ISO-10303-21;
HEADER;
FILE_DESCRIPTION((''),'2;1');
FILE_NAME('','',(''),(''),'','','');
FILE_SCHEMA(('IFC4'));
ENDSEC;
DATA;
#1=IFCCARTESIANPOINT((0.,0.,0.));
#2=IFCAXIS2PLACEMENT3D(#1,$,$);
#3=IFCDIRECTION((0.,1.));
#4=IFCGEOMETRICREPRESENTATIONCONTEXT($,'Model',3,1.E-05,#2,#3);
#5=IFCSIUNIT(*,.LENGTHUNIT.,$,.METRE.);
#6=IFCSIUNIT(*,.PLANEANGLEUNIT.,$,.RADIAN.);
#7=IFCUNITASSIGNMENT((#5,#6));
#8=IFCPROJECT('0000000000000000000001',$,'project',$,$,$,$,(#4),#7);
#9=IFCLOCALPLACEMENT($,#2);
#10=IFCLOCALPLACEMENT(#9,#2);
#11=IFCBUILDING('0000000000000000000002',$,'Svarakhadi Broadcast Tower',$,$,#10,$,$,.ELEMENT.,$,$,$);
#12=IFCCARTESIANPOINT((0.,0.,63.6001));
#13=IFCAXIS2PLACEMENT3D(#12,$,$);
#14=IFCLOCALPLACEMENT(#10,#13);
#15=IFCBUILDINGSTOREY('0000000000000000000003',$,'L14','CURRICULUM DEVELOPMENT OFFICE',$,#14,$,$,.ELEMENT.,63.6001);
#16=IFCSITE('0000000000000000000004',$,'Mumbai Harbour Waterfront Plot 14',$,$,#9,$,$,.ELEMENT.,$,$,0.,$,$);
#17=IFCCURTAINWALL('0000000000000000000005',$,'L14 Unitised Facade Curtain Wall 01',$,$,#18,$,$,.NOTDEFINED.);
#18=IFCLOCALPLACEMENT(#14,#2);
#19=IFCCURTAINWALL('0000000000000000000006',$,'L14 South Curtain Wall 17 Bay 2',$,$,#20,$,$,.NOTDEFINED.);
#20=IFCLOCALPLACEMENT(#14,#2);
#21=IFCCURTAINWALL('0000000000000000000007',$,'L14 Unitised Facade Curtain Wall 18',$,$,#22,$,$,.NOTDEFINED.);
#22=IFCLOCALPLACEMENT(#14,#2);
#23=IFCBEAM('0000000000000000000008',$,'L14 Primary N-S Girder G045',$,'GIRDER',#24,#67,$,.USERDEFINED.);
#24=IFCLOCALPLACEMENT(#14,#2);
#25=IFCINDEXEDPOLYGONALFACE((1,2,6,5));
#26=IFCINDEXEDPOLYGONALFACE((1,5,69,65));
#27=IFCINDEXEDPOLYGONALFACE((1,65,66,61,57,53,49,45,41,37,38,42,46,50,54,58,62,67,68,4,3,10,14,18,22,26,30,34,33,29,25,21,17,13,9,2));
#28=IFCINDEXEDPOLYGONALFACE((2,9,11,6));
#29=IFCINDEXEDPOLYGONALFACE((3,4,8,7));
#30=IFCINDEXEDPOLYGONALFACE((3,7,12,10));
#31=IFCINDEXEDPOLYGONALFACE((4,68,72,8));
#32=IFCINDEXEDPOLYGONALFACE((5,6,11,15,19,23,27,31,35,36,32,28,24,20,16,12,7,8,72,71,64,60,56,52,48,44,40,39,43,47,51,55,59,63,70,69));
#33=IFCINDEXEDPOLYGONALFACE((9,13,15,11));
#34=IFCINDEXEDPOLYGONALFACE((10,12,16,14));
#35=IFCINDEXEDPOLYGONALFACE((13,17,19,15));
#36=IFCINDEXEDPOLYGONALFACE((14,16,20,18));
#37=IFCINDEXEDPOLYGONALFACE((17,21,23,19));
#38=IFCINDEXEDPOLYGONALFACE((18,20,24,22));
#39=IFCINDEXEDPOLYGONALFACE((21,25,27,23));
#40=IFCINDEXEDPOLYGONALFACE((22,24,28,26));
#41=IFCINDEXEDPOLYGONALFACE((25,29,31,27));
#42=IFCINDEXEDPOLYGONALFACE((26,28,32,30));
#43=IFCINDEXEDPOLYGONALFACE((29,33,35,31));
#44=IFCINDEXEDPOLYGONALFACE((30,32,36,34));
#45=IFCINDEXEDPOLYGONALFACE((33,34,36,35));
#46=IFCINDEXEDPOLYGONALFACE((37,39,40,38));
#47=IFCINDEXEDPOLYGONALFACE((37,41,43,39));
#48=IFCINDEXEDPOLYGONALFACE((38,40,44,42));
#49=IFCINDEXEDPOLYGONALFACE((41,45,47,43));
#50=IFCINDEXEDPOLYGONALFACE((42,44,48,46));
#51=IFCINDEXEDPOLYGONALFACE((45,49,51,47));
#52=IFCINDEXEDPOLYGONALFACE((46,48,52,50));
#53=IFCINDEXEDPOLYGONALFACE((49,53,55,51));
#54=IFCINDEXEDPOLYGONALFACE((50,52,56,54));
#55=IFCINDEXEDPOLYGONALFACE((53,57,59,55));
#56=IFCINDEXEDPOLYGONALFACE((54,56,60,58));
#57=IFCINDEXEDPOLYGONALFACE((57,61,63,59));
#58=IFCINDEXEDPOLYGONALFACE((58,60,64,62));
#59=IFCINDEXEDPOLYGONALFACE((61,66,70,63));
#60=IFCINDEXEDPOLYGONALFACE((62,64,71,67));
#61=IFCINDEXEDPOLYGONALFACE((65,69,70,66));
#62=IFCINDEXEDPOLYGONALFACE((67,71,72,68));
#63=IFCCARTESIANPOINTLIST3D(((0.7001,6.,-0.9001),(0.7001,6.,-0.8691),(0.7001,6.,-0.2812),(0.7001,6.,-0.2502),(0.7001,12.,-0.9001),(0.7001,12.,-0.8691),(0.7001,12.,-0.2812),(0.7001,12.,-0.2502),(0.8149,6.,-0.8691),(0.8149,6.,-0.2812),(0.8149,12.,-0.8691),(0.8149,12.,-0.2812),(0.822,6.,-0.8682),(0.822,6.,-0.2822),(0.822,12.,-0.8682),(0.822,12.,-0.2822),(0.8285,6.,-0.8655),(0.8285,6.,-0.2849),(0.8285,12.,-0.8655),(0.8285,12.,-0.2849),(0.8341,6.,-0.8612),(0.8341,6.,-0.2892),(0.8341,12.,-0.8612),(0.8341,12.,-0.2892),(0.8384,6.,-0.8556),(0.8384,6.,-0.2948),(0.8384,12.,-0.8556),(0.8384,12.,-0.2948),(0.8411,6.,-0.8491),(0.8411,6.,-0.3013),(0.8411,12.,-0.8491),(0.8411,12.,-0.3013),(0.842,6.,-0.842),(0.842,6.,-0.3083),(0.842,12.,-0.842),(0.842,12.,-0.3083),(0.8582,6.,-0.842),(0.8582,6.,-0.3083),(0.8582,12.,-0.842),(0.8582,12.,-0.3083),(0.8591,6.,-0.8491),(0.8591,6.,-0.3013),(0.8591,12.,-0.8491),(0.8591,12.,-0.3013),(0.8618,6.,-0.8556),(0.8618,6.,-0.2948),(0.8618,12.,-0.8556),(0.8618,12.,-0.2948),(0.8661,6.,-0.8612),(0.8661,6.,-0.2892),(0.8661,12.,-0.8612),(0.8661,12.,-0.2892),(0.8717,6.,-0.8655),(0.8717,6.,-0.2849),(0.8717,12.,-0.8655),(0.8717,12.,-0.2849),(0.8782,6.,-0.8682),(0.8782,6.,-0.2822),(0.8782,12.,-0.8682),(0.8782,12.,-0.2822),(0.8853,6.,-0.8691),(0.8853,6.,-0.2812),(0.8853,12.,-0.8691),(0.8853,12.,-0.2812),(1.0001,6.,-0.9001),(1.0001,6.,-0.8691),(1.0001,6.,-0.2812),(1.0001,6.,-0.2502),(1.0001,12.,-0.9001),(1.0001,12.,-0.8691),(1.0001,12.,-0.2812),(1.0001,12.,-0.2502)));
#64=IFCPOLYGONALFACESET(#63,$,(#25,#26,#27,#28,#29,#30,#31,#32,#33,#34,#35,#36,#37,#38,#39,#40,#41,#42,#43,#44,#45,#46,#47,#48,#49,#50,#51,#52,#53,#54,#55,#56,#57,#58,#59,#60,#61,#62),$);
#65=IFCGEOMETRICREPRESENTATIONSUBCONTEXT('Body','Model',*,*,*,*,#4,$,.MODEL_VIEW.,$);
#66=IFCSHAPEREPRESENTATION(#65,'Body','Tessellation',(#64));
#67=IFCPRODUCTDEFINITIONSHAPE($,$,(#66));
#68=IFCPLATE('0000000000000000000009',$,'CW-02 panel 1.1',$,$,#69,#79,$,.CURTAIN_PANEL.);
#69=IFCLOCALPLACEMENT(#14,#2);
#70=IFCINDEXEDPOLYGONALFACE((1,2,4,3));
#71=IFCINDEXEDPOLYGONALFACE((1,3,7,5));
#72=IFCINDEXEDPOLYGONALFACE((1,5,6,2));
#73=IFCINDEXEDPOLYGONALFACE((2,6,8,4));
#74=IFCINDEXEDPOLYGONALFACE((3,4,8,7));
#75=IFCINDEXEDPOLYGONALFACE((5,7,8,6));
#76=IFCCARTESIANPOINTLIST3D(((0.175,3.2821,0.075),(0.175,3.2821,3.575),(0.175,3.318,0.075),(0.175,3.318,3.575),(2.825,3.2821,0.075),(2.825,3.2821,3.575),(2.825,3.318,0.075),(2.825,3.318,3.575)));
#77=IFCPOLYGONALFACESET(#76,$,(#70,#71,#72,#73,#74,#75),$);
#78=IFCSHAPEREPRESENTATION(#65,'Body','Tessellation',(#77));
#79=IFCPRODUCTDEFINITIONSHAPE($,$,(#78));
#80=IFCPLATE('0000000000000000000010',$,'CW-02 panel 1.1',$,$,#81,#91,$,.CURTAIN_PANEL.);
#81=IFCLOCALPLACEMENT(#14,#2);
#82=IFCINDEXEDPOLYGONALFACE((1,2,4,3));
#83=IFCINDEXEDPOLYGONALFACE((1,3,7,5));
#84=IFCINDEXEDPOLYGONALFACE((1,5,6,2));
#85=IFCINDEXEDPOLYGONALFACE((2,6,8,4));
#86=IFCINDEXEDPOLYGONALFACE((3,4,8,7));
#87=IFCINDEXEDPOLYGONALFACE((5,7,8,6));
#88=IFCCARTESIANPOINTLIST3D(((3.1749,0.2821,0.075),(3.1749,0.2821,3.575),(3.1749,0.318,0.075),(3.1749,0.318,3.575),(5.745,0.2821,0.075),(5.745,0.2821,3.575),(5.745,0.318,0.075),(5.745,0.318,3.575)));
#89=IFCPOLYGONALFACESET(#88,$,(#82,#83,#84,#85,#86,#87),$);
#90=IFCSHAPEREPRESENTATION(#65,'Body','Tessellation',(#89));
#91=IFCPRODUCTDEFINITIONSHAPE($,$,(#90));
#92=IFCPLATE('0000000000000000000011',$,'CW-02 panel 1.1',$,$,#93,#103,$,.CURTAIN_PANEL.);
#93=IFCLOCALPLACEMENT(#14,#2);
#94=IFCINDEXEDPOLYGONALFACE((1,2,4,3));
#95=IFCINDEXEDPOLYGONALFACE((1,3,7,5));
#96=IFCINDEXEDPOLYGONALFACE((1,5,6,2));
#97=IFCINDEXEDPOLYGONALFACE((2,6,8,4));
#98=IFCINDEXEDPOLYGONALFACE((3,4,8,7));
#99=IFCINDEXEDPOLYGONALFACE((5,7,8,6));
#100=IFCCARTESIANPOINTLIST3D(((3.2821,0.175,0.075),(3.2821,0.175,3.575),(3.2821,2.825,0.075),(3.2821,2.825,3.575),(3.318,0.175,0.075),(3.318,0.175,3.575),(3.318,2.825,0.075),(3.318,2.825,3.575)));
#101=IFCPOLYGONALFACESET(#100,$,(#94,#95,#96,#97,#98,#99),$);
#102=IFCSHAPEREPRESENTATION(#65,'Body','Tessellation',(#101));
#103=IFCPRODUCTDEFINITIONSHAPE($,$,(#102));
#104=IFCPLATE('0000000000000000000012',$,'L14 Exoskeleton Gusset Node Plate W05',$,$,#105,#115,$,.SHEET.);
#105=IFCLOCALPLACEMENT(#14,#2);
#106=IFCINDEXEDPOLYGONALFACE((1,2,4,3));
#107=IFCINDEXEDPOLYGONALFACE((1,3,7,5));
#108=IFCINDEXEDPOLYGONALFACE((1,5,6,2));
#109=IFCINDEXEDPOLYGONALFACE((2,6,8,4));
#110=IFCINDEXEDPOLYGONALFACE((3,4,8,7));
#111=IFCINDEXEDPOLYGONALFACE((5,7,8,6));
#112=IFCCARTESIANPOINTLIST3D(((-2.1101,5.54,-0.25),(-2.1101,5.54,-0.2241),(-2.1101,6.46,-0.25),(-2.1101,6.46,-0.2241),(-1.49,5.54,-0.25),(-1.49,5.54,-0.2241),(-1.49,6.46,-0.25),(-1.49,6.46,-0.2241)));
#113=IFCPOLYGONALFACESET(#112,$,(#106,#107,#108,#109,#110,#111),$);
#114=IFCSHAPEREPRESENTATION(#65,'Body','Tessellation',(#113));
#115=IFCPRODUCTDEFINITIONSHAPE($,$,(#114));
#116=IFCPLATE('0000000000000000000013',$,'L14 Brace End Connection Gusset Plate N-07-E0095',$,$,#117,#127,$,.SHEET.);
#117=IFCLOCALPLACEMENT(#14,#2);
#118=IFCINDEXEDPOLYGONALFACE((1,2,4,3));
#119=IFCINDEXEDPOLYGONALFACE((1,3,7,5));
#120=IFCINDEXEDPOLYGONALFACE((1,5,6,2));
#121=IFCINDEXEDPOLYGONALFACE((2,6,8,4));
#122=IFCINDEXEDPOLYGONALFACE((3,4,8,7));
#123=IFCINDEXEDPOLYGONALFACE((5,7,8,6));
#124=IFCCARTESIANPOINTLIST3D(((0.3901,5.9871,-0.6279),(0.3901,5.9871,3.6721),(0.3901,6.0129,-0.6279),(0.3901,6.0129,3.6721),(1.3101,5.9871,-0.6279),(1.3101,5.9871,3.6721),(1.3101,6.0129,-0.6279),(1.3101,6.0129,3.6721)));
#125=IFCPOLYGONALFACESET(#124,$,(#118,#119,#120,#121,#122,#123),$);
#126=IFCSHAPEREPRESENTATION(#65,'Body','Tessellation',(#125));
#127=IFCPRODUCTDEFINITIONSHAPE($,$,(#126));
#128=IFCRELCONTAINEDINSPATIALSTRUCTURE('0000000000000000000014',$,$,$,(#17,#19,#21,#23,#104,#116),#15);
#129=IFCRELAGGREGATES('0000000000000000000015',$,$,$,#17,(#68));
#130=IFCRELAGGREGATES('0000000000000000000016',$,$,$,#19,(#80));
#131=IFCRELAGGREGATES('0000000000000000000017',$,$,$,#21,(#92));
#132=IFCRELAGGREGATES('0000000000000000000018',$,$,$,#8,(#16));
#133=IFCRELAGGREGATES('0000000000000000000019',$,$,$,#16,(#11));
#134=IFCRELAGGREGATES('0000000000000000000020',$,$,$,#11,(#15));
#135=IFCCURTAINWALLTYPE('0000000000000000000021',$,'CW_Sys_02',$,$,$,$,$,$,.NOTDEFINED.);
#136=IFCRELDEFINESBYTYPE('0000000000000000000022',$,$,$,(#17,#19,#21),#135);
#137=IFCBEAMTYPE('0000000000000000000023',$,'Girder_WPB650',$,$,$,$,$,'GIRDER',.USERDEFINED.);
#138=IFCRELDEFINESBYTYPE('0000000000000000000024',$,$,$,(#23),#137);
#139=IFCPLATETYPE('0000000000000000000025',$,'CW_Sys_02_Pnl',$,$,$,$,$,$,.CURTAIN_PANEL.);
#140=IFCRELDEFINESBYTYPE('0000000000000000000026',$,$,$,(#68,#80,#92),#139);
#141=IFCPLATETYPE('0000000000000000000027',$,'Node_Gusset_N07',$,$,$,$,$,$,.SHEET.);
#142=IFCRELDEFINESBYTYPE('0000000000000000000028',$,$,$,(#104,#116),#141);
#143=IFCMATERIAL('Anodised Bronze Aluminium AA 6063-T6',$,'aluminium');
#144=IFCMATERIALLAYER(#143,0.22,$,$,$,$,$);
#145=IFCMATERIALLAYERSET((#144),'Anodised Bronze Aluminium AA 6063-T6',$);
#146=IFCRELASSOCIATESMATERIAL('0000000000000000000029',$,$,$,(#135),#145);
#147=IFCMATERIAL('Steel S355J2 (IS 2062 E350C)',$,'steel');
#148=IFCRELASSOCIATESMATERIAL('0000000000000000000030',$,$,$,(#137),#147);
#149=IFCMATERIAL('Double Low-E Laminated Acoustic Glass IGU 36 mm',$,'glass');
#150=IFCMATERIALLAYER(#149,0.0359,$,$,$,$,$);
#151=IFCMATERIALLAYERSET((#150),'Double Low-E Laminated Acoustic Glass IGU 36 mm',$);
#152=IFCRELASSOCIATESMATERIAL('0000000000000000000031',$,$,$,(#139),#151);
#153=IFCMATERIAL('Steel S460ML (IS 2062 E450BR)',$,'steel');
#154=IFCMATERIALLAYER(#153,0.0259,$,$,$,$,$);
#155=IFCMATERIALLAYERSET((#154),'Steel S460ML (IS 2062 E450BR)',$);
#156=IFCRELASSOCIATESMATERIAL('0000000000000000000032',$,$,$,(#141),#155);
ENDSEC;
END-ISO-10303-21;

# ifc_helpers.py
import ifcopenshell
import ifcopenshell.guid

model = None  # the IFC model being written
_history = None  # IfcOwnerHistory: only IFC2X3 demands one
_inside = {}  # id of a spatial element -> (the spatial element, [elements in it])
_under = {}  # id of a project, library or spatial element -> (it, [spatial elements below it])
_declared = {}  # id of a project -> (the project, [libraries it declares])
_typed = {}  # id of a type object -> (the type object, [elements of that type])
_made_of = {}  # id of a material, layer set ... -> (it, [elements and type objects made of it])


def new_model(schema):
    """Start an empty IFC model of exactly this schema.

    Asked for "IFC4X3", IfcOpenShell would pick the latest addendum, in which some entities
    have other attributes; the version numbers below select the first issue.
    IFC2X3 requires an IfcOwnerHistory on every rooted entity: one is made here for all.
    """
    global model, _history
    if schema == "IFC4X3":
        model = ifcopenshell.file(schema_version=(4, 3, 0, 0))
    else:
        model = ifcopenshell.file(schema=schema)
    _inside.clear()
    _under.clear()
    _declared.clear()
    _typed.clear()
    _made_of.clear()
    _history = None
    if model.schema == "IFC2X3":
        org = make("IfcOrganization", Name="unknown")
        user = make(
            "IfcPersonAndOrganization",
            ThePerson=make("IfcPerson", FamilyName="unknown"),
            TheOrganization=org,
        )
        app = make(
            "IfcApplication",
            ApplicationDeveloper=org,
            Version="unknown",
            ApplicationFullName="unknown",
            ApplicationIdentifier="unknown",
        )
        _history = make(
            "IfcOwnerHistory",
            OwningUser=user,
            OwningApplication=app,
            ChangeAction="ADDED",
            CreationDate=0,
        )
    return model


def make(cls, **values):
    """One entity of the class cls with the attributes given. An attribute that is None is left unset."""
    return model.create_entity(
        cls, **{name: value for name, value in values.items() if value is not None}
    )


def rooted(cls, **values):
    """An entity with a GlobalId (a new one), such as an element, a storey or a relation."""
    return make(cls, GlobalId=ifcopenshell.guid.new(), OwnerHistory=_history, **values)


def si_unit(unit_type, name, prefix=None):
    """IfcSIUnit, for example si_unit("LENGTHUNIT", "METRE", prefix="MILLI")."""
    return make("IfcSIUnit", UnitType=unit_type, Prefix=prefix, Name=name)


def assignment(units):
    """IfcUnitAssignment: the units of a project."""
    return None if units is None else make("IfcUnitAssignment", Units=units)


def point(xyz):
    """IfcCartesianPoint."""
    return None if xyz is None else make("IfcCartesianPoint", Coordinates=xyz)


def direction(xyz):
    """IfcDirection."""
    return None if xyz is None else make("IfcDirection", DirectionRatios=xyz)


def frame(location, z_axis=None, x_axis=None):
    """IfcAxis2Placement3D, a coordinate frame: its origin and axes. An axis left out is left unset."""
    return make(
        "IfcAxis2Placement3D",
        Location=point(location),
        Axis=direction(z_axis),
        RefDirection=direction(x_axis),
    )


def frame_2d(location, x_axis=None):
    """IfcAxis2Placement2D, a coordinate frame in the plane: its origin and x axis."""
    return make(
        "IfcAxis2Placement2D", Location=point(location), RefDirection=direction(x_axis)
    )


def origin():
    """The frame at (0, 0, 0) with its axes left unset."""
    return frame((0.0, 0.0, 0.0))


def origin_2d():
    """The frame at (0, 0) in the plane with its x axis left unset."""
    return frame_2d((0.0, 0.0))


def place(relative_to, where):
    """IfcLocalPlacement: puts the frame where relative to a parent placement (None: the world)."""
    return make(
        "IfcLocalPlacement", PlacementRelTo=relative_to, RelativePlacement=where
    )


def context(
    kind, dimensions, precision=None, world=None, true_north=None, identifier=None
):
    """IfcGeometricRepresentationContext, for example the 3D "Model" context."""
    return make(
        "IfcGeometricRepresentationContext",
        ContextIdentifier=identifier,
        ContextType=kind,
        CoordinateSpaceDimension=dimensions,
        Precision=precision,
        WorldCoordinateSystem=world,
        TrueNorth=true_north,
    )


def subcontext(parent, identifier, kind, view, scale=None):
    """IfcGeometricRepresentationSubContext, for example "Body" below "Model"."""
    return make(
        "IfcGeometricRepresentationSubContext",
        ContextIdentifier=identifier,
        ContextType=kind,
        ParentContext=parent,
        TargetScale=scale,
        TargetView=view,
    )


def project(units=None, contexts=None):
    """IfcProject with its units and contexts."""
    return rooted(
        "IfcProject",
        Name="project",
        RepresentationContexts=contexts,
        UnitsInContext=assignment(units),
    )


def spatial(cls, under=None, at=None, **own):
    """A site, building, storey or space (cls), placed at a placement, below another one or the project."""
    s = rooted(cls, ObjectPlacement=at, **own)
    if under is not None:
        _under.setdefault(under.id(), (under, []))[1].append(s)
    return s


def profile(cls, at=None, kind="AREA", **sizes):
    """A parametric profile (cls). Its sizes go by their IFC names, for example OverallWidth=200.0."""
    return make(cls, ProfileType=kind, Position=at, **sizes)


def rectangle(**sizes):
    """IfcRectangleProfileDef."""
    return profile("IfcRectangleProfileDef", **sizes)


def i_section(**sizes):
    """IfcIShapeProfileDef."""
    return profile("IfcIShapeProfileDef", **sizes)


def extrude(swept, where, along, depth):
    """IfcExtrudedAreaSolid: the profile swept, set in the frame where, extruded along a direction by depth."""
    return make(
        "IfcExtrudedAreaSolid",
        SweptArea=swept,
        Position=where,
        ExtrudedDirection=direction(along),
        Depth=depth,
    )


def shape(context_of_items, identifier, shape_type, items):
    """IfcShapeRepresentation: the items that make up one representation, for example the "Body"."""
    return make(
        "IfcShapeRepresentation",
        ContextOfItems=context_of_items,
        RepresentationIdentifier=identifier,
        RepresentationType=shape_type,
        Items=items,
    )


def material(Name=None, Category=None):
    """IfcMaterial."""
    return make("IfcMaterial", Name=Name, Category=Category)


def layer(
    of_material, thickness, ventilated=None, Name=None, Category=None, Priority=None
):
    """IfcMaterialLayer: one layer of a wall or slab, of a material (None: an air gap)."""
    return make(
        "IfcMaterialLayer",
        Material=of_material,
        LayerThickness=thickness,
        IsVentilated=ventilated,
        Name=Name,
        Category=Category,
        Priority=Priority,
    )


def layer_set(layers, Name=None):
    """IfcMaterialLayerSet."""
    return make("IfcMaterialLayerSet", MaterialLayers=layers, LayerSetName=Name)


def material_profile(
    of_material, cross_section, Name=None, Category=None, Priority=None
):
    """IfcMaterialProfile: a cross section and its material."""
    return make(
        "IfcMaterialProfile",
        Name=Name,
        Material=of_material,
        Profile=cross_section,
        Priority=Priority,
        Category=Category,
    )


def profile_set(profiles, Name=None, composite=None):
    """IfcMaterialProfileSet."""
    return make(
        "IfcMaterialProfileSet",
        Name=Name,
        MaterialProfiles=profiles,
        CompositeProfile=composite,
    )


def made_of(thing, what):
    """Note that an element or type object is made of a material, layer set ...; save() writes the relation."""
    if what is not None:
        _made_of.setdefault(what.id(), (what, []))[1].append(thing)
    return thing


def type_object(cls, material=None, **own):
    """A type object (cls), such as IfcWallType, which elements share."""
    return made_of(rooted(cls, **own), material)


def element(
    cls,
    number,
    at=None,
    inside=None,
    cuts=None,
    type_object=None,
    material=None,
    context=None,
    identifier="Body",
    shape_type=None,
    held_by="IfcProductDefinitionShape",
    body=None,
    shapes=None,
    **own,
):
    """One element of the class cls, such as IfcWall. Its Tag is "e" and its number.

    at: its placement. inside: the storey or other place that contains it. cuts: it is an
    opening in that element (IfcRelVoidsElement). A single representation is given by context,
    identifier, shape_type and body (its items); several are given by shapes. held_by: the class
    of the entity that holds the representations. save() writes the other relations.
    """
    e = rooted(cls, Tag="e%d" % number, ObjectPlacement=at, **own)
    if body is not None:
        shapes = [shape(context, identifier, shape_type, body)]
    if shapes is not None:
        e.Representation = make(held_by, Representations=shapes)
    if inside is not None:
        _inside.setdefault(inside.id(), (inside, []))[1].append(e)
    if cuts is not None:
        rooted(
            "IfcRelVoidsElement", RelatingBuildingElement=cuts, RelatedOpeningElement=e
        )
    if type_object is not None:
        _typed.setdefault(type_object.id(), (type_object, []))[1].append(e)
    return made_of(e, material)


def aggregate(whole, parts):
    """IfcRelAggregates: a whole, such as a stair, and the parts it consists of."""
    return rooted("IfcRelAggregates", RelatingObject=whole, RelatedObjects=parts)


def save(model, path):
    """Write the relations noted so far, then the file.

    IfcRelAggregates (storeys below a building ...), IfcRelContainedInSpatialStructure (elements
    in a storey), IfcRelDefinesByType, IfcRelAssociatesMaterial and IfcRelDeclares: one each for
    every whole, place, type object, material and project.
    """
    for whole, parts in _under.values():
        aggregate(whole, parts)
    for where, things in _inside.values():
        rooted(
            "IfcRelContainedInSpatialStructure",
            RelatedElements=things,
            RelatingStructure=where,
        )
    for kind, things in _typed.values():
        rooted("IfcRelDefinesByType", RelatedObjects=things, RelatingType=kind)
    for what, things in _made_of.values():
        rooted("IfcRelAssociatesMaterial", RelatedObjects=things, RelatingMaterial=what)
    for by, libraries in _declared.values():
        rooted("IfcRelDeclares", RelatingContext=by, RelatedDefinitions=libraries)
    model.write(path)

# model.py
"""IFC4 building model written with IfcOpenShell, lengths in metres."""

from ifc_helpers import new_model, si_unit, direction, frame, origin, origin_2d, place, context, subcontext, project, spatial, rectangle, i_section, extrude, material, layer, layer_set, material_profile, profile_set, type_object, element, aggregate, save


model = new_model("IFC4")

# Units and contexts
model_context = context("Model", 3, precision=1e-05, world=origin(), true_north=direction((0.0, 1.0)))
body_context = subcontext(model_context, "Body", "Model", "MODEL_VIEW")
ifc_project = project(units=[si_unit("LENGTHUNIT", "METRE"), si_unit("PLANEANGLEUNIT", "RADIAN")], contexts=[model_context])

# Site, building, storey
site_placement = place(None, origin())
site = spatial("IfcSite", under=ifc_project, at=site_placement, Name="Mumbai Harbour Waterfront Plot 14", CompositionType="ELEMENT", RefElevation=0.0)
building_placement = place(site_placement, origin())
building = spatial("IfcBuilding", under=site, at=building_placement, Name="Svarakhadi Broadcast Tower", CompositionType="ELEMENT")
storey_placement = place(building_placement, frame((0.0, 0.0, 63.6001)))
storey = spatial("IfcBuildingStorey", under=building, at=storey_placement, Name="L14", Description="CURRICULUM DEVELOPMENT OFFICE", CompositionType="ELEMENT", Elevation=63.6001)

# Shared definitions
ifc_material_1 = material(Name="Steel S460ML (IS 2062 E450BR)", Category="steel")

# Curtain wall
ifc_material_2 = material(Name="Anodised Bronze Aluminium AA 6063-T6", Category="aluminium")
ifc_layer_1 = layer(ifc_material_2, 0.22)
ifc_layer_set_1 = layer_set([ifc_layer_1], Name="Anodised Bronze Aluminium AA 6063-T6")
curtain_wall_type = type_object("IfcCurtainWallType", Name="CW_Sys_02", PredefinedType="NOTDEFINED", material=ifc_layer_set_1)
curtain_wall_1_placement = place(storey_placement, origin())
curtain_wall_1 = element("IfcCurtainWall", 1, at=curtain_wall_1_placement, inside=storey, type_object=curtain_wall_type, Name="L14 Unitised Facade Curtain Wall 01", PredefinedType="NOTDEFINED")

# Curtain wall
curtain_wall_2_placement = place(storey_placement, origin())
curtain_wall_2 = element("IfcCurtainWall", 2, at=curtain_wall_2_placement, inside=storey, type_object=curtain_wall_type, Name="L14 South Curtain Wall 17 Bay 2", PredefinedType="NOTDEFINED")

# Curtain wall
curtain_wall_3_placement = place(storey_placement, origin())
curtain_wall_3 = element("IfcCurtainWall", 3, at=curtain_wall_3_placement, inside=storey, type_object=curtain_wall_type, Name="L14 Unitised Facade Curtain Wall 18", PredefinedType="NOTDEFINED")

# Beam
ifc_material_3 = material(Name="Steel S355J2 (IS 2062 E350C)", Category="steel")
ifc_material_profile_1 = material_profile(ifc_material_3, i_section(OverallWidth=0.3, OverallDepth=0.6499, WebThickness=0.0161, FlangeThickness=0.031, FilletRadius=0.0271, at=origin_2d()), Name="WPB 650x300x225")
ifc_profile_set_1 = profile_set([ifc_material_profile_1], Name="Steel S355J2 (IS 2062 E350C)")
beam_type = type_object("IfcBeamType", Name="Girder_WPB650", ElementType="GIRDER", PredefinedType="USERDEFINED", material=ifc_profile_set_1)
beam_1_placement = place(storey_placement, frame((0.8501, 6.0, -0.5752), z_axis=(0.0, 1.0, 0.0), x_axis=(-1.0, 0.0, 0.0)))
element("IfcBeam", 4, at=beam_1_placement, inside=storey, type_object=beam_type, Name="L14 Primary N-S Girder G045", ObjectType="GIRDER", PredefinedType="USERDEFINED", context=body_context, shape_type="SweptSolid", body=[
    extrude(i_section(OverallWidth=0.3, OverallDepth=0.6499, WebThickness=0.0161, FlangeThickness=0.031, FilletRadius=0.0271, at=origin_2d()), origin(), (0.0, 0.0, 1.0), 6.0),
])

# Plates
ifc_material_4 = material(Name="Double Low-E Laminated Acoustic Glass IGU 36 mm", Category="glass")
ifc_layer_2 = layer(ifc_material_4, 0.0359)
ifc_layer_set_2 = layer_set([ifc_layer_2], Name="Double Low-E Laminated Acoustic Glass IGU 36 mm")
plate_type_1 = type_object("IfcPlateType", Name="CW_Sys_02_Pnl", PredefinedType="CURTAIN_PANEL", material=ifc_layer_set_2)
plate_1_placement = place(storey_placement, frame((1.5, 3.3, 0.075), z_axis=(0.0, 0.0, 1.0), x_axis=(-1.0, 0.0, 0.0)))
plate_1 = element("IfcPlate", 5, at=plate_1_placement, type_object=plate_type_1, Name="CW-02 panel 1.1", PredefinedType="CURTAIN_PANEL", context=body_context, shape_type="SweptSolid", body=[
    extrude(rectangle(XDim=2.6499, YDim=0.0359, at=origin_2d()), origin(), (0.0, 0.0, 1.0), 3.5),
])
aggregate(curtain_wall_1, [plate_1])
plate_2_placement = place(storey_placement, frame((4.46, 0.3, 0.075), z_axis=(0.0, 0.0, 1.0), x_axis=(-1.0, 0.0, 0.0)))
plate_2 = element("IfcPlate", 6, at=plate_2_placement, type_object=plate_type_1, Name="CW-02 panel 1.1", PredefinedType="CURTAIN_PANEL", context=body_context, shape_type="SweptSolid", body=[
    extrude(rectangle(XDim=2.5701, YDim=0.0359, at=origin_2d()), origin(), (0.0, 0.0, 1.0), 3.5),
])
aggregate(curtain_wall_2, [plate_2])
plate_3_placement = place(storey_placement, frame((3.3, 1.5, 0.075), z_axis=(0.0, 0.0, 1.0), x_axis=(0.0, 1.0, 0.0)))
plate_3 = element("IfcPlate", 7, at=plate_3_placement, type_object=plate_type_1, Name="CW-02 panel 1.1", PredefinedType="CURTAIN_PANEL", context=body_context, shape_type="SweptSolid", body=[
    extrude(rectangle(XDim=2.6499, YDim=0.0359, at=origin_2d()), origin(), (0.0, 0.0, 1.0), 3.5),
])
aggregate(curtain_wall_3, [plate_3])

# Plates
ifc_layer_3 = layer(ifc_material_1, 0.0259)
ifc_layer_set_3 = layer_set([ifc_layer_3], Name="Steel S460ML (IS 2062 E450BR)")
plate_type_2 = type_object("IfcPlateType", Name="Node_Gusset_N07", PredefinedType="SHEET", material=ifc_layer_set_3)
plate_4_placement = place(storey_placement, frame((-1.8, 6.0, -0.25), z_axis=(0.0, 0.0, 1.0), x_axis=(0.0, 1.0, 0.0)))
element("IfcPlate", 8, at=plate_4_placement, inside=storey, type_object=plate_type_2, Name="L14 Exoskeleton Gusset Node Plate W05", PredefinedType="SHEET", context=body_context, shape_type="SweptSolid", body=[
    extrude(rectangle(XDim=0.9199, YDim=0.6201, at=origin_2d()), origin(), (0.0, 0.0, 1.0), 0.0259),
])
plate_5_placement = place(storey_placement, frame((0.8501, 6.0, -0.6279), z_axis=(0.0, 0.0, 1.0), x_axis=(1.0, 0.0, 0.0)))
element("IfcPlate", 9, at=plate_5_placement, inside=storey, type_object=plate_type_2, Name="L14 Brace End Connection Gusset Plate N-07-E0095", PredefinedType="SHEET", context=body_context, shape_type="SweptSolid", body=[
    extrude(rectangle(XDim=0.9199, YDim=0.0259, at=origin_2d()), origin(), (0.0, 0.0, 1.0), 4.3),
])

save(model, "model.ifc")
